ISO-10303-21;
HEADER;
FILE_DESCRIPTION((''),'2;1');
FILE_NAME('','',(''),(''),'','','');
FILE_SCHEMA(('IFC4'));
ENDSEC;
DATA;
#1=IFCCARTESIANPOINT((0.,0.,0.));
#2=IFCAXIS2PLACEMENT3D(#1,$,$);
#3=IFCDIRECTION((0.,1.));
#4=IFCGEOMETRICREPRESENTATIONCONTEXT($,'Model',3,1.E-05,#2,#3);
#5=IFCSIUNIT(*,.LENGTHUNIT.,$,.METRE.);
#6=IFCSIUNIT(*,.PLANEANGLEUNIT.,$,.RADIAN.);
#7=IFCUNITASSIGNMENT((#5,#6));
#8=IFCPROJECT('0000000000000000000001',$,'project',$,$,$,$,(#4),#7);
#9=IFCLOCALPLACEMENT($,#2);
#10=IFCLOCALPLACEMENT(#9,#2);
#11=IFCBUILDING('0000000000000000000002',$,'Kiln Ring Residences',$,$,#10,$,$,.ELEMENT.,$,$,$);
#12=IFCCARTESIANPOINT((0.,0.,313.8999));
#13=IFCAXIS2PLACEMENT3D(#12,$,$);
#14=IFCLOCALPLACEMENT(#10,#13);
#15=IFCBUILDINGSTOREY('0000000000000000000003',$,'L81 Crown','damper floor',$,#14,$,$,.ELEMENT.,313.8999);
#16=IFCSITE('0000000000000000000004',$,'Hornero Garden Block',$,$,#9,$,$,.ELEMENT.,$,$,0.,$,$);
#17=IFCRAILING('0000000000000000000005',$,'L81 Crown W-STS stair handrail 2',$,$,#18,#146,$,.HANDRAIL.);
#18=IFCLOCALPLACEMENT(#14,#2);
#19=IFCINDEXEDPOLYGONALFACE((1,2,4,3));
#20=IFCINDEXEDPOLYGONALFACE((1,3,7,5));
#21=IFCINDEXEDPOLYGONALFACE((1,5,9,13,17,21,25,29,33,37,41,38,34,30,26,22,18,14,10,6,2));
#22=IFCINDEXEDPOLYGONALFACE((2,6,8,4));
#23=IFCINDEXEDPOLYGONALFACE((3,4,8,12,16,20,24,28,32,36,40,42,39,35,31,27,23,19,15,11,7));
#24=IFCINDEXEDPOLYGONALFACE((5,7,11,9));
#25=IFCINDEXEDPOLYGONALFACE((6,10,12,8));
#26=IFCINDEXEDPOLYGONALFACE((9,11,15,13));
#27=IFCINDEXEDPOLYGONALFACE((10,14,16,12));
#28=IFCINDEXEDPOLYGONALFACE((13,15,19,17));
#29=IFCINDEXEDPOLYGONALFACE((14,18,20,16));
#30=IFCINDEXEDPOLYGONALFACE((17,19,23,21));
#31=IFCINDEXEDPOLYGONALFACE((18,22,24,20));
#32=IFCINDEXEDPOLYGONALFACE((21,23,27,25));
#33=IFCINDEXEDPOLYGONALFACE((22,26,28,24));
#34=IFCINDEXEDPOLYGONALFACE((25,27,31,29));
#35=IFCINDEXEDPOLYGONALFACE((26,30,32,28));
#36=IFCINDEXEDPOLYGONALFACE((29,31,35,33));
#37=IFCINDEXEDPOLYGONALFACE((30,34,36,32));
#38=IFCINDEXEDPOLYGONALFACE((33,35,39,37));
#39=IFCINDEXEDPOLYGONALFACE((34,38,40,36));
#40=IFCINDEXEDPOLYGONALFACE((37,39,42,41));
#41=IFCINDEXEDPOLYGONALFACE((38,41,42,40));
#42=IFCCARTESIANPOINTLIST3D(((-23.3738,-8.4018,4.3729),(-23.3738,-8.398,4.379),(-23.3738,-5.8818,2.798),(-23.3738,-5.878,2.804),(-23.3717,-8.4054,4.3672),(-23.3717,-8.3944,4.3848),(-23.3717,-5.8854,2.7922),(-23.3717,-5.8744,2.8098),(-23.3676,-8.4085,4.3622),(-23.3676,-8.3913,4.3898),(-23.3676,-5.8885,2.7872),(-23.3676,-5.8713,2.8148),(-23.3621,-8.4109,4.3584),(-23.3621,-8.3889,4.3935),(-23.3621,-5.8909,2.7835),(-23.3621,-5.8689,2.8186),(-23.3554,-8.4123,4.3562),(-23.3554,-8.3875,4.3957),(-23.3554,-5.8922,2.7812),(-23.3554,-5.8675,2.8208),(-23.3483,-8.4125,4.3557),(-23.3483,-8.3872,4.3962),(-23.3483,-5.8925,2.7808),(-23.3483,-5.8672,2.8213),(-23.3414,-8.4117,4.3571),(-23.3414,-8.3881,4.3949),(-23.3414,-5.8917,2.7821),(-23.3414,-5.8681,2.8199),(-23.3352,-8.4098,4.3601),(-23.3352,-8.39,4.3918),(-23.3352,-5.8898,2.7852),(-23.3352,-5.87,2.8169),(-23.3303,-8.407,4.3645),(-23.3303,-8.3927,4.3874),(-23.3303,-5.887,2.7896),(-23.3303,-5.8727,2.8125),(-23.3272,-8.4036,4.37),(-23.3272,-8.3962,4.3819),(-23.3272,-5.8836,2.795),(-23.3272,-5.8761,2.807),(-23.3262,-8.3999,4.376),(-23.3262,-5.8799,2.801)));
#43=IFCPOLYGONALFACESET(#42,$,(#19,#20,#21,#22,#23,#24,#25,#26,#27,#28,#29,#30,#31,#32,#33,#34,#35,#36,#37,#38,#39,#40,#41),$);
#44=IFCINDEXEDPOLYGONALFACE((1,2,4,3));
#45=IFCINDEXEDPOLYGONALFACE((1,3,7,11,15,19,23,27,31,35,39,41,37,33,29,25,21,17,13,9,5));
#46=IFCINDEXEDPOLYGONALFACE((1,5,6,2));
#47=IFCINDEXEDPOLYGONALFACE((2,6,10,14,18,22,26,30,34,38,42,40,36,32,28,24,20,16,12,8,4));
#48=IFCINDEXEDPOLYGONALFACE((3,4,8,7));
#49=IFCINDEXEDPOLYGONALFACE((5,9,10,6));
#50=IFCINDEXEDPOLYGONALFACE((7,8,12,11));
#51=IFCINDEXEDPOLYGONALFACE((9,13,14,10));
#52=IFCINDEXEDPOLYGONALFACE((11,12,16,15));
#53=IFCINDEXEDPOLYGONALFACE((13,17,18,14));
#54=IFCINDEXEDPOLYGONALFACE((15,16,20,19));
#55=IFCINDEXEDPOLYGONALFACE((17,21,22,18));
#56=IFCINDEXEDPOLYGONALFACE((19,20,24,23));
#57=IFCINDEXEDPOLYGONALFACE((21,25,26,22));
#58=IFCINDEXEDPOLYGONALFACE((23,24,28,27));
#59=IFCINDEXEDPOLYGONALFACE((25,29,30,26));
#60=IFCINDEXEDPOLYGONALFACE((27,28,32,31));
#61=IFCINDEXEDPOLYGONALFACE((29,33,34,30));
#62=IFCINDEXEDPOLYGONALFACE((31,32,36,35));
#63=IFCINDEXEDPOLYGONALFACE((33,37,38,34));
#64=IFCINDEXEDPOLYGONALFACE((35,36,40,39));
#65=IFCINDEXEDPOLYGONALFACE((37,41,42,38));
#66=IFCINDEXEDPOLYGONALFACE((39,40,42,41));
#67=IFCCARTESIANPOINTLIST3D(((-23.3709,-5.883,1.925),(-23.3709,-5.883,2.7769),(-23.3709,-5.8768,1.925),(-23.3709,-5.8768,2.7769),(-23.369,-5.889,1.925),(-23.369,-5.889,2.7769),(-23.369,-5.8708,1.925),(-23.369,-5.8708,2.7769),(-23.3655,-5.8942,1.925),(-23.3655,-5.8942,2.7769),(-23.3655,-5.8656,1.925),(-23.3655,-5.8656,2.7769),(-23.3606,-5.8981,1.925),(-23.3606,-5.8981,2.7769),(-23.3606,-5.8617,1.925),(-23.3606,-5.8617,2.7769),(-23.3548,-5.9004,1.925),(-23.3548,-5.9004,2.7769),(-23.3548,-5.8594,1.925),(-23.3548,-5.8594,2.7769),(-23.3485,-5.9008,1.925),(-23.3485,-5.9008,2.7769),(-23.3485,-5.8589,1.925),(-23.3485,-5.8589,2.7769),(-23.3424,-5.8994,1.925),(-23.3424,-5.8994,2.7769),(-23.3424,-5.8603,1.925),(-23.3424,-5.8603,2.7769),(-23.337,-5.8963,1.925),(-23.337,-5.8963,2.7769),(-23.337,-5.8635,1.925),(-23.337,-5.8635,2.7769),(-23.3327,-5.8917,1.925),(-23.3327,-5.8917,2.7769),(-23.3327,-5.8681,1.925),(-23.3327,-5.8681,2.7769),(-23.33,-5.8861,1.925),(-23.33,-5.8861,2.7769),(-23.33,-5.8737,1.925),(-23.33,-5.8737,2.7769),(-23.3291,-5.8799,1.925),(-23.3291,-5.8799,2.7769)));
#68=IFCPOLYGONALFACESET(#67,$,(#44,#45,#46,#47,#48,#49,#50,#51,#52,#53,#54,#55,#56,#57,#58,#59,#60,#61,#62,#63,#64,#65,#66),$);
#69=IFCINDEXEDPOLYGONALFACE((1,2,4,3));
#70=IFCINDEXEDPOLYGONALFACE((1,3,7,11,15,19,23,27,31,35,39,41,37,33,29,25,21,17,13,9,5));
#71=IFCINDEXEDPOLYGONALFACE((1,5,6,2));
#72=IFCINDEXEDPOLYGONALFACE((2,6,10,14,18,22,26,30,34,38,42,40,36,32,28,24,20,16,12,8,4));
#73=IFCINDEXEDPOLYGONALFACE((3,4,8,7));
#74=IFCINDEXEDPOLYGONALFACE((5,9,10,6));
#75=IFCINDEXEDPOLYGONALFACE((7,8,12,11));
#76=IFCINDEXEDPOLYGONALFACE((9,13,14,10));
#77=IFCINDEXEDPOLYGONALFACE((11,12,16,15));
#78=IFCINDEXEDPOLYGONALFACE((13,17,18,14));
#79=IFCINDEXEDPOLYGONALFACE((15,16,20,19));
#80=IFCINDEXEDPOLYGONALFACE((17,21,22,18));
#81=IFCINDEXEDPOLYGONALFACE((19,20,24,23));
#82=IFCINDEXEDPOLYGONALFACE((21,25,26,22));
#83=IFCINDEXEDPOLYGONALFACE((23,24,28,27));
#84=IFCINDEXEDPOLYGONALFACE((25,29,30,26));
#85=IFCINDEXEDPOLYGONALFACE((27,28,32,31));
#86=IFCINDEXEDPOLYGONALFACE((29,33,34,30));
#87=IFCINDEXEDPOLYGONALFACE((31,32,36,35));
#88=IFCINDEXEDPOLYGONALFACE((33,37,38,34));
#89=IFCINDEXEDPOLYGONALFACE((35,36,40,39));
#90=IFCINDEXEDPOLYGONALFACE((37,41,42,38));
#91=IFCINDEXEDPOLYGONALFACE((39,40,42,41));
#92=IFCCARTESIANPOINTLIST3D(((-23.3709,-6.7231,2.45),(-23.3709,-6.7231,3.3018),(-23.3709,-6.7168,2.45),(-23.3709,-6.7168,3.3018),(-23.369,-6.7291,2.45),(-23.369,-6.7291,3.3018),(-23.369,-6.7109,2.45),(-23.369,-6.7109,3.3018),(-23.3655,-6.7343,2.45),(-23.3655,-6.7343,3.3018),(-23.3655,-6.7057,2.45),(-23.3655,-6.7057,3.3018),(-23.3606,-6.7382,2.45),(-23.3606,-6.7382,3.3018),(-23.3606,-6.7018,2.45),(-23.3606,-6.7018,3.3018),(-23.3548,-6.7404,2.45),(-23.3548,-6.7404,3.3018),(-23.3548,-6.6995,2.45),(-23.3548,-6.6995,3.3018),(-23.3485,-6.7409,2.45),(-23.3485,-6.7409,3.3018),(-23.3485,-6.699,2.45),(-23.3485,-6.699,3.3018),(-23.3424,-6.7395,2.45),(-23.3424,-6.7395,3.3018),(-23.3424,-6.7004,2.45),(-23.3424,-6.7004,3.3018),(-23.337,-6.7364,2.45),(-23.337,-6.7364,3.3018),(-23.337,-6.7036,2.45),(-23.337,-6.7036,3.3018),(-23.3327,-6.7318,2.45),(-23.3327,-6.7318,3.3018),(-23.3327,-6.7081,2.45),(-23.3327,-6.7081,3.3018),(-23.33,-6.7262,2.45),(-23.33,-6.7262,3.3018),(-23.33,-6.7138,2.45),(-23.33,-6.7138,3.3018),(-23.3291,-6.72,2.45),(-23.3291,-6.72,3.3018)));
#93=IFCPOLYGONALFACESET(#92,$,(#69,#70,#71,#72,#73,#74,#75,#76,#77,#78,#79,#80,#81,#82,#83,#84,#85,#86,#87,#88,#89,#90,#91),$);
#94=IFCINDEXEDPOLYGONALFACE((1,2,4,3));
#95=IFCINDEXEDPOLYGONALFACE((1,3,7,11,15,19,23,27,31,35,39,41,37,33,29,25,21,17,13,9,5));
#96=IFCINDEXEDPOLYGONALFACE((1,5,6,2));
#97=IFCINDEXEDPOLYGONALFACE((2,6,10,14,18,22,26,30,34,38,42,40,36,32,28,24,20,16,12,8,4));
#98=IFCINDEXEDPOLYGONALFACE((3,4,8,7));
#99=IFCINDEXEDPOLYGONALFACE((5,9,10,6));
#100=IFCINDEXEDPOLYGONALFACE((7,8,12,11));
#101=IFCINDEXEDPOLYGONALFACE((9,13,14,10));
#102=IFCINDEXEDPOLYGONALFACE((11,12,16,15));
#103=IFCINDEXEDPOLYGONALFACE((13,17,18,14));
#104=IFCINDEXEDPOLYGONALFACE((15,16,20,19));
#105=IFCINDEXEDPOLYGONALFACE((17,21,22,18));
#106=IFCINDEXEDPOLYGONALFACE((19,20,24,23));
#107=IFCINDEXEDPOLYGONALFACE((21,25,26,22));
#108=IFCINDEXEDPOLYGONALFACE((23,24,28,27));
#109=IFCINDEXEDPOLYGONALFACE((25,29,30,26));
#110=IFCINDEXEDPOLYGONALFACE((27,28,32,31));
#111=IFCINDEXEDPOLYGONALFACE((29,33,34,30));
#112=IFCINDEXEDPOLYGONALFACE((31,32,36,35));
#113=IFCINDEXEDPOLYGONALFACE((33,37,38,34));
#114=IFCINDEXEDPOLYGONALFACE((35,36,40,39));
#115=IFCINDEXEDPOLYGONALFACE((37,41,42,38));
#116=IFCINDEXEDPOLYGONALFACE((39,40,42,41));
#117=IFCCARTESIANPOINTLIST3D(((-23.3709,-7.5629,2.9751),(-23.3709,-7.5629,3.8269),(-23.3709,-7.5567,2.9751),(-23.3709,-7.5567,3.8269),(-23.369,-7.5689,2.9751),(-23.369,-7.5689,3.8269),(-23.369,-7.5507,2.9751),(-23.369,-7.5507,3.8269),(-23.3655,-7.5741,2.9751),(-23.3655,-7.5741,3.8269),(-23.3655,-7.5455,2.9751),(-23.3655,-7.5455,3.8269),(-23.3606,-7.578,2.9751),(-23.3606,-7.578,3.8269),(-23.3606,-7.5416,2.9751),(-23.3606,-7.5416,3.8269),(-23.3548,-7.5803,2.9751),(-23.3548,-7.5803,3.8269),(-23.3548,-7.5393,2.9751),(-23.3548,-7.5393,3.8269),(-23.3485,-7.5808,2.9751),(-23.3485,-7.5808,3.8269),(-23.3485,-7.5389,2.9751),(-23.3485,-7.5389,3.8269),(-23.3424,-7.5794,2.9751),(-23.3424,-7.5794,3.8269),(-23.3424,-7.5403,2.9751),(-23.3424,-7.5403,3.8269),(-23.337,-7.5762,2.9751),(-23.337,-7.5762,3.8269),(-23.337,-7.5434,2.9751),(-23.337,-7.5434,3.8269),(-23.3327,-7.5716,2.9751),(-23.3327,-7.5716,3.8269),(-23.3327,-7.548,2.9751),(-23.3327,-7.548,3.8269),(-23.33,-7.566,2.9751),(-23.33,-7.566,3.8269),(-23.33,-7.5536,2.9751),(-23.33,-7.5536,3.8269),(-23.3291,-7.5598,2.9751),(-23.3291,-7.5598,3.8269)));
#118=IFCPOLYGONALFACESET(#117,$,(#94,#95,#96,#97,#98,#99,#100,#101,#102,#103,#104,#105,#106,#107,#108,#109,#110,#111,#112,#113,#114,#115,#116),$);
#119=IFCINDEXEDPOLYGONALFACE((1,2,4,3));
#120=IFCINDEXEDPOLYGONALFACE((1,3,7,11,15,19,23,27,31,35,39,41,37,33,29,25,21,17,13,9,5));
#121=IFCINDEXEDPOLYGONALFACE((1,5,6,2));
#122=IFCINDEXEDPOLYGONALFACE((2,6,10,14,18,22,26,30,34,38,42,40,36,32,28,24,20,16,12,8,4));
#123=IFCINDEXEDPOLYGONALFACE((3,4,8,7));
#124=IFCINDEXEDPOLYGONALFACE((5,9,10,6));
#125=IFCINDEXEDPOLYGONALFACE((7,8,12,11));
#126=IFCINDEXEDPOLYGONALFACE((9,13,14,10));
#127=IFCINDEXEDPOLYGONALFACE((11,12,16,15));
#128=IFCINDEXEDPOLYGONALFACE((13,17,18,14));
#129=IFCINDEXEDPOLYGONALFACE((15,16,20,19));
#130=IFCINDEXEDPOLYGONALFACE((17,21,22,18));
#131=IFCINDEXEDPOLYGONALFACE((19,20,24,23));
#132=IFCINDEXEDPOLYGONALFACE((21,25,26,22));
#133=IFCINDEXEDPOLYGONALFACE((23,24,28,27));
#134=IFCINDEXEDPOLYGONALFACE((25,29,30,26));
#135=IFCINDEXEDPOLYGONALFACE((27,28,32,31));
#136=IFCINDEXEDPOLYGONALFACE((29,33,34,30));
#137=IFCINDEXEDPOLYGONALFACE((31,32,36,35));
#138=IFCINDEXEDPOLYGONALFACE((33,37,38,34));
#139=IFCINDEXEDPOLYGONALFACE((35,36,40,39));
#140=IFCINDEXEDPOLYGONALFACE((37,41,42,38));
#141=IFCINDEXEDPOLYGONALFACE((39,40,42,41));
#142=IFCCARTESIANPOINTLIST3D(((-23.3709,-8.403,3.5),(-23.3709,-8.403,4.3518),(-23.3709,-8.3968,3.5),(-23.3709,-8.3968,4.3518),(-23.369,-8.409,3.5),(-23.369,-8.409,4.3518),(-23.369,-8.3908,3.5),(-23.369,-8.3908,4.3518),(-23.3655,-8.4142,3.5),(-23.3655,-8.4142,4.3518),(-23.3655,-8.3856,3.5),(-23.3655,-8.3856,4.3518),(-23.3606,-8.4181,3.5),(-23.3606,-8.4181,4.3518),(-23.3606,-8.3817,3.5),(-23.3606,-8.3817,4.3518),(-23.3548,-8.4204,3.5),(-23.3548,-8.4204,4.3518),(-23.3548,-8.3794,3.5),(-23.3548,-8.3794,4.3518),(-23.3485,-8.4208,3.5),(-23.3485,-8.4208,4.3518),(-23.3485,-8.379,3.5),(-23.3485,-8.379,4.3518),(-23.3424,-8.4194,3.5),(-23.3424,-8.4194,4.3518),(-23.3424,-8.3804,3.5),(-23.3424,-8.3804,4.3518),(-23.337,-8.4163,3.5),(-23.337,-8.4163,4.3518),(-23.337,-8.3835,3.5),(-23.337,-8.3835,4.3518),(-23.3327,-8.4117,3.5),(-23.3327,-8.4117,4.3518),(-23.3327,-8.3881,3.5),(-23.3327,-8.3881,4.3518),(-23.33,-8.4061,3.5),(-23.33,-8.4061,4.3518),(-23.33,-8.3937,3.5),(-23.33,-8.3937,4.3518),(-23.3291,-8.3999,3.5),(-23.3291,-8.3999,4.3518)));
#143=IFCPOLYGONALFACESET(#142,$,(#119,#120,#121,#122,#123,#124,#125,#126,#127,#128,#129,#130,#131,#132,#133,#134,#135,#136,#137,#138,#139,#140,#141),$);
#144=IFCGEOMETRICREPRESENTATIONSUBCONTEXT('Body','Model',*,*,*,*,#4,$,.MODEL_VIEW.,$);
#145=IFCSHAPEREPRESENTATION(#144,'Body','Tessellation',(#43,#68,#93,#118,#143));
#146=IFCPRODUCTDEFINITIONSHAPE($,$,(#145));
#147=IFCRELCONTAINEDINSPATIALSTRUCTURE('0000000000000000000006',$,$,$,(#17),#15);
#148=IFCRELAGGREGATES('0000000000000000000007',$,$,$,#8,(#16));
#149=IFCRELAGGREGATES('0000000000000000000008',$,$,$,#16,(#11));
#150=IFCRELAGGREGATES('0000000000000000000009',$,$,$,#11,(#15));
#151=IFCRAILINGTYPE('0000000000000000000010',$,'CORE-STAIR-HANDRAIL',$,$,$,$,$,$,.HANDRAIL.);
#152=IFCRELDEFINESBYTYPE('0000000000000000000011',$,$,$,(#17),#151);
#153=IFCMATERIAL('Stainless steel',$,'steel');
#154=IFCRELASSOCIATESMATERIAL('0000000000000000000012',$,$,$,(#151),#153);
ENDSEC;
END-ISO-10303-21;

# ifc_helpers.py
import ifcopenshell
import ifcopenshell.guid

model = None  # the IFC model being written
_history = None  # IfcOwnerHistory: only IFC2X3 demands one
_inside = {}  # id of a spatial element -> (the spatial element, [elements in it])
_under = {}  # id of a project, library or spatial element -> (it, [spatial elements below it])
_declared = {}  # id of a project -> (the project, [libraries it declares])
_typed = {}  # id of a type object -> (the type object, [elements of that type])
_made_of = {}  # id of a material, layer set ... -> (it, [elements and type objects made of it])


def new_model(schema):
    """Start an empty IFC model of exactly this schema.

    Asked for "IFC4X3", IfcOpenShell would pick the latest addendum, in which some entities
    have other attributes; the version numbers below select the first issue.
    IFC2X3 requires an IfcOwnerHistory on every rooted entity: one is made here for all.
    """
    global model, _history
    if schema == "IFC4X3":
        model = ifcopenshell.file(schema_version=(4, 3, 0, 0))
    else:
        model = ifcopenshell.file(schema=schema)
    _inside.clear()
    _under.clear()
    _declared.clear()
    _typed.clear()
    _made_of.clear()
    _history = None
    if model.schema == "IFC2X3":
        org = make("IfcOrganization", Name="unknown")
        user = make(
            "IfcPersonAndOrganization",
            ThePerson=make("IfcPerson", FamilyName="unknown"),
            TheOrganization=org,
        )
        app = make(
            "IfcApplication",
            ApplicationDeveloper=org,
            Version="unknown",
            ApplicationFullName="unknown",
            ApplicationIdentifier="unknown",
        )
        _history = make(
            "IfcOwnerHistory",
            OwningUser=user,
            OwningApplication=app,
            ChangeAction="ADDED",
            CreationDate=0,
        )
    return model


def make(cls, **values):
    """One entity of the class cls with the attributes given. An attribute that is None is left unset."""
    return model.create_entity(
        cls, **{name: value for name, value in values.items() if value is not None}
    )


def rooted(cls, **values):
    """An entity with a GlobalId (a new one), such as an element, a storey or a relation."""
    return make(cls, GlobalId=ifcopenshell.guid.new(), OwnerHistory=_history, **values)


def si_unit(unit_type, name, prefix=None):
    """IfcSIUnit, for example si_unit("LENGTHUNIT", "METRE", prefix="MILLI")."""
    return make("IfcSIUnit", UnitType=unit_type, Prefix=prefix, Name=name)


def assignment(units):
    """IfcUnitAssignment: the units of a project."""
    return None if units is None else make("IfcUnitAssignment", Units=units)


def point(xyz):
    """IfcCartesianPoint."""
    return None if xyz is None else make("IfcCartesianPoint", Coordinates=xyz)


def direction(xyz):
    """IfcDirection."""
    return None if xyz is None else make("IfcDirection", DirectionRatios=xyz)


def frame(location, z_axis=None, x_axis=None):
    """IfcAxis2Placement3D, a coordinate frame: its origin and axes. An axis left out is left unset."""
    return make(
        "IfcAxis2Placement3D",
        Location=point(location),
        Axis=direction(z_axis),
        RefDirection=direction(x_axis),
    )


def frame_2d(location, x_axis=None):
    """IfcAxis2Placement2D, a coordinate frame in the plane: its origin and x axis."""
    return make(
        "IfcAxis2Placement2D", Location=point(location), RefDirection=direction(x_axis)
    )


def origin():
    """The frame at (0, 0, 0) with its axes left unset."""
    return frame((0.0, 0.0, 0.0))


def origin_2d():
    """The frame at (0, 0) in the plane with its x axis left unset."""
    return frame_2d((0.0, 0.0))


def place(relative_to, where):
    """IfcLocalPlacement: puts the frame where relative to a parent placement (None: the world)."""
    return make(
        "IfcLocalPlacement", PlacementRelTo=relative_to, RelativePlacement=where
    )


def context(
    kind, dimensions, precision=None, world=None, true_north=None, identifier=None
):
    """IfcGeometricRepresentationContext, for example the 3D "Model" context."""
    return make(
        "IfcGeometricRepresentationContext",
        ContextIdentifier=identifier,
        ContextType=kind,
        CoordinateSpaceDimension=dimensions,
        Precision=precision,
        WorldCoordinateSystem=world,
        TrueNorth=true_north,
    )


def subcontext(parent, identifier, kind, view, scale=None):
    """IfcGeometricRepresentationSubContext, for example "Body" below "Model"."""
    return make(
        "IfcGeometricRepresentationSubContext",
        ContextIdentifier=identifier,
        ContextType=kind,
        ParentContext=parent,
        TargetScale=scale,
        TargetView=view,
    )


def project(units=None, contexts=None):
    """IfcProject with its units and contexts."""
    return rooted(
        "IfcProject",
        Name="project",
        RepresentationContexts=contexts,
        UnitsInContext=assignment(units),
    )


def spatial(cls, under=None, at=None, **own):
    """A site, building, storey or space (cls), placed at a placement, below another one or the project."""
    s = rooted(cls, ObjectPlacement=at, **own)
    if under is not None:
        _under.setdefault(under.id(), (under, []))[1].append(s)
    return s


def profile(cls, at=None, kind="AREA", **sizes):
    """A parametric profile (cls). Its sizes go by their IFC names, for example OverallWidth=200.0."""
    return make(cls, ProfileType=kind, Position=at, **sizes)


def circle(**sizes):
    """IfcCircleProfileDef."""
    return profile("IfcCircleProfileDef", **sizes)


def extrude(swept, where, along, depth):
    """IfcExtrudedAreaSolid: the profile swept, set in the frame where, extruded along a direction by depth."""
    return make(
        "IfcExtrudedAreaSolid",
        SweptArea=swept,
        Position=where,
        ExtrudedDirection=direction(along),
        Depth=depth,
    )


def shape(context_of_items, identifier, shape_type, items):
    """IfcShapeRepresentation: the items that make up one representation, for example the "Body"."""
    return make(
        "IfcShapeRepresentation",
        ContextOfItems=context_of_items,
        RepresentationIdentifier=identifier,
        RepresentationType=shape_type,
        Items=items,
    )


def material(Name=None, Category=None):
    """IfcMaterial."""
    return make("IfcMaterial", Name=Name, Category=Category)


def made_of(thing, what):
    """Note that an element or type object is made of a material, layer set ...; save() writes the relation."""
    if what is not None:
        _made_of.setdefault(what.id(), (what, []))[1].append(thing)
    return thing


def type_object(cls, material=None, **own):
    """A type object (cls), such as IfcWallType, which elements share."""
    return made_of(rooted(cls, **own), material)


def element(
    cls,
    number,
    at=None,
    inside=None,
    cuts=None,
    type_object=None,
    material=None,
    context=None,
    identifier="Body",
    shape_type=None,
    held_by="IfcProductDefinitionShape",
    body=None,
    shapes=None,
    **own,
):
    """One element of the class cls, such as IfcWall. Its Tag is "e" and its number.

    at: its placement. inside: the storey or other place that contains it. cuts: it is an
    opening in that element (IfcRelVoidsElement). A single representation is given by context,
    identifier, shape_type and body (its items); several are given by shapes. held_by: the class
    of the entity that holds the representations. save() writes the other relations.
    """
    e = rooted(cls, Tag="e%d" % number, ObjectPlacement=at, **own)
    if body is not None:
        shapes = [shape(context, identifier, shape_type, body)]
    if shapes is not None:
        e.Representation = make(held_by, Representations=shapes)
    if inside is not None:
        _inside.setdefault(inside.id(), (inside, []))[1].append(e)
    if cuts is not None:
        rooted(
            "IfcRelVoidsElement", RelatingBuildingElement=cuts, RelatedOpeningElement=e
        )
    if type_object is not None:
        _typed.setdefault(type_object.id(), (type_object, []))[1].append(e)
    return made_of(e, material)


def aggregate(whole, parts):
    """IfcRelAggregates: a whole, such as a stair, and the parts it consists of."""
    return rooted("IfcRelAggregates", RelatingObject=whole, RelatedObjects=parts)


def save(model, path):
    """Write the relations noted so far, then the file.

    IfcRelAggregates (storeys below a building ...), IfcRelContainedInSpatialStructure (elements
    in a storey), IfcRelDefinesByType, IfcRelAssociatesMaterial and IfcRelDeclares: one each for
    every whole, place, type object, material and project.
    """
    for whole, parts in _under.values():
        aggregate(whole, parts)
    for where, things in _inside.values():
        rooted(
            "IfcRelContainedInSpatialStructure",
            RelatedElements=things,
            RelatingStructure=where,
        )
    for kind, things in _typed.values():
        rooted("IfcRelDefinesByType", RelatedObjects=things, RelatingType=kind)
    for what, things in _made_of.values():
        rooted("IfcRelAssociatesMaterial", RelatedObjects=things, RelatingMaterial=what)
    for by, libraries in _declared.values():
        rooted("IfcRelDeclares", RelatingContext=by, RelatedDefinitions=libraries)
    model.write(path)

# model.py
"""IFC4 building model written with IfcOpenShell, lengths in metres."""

from ifc_helpers import new_model, si_unit, direction, frame, origin, origin_2d, place, context, subcontext, project, spatial, circle, extrude, material, type_object, element, save


model = new_model("IFC4")

# Units and contexts
model_context = context("Model", 3, precision=1e-05, world=origin(), true_north=direction((0.0, 1.0)))
body_context = subcontext(model_context, "Body", "Model", "MODEL_VIEW")
ifc_project = project(units=[si_unit("LENGTHUNIT", "METRE"), si_unit("PLANEANGLEUNIT", "RADIAN")], contexts=[model_context])

# Site, building, storey
site_placement = place(None, origin())
site = spatial("IfcSite", under=ifc_project, at=site_placement, Name="Hornero Garden Block", CompositionType="ELEMENT", RefElevation=0.0)
building_placement = place(site_placement, origin())
building = spatial("IfcBuilding", under=site, at=building_placement, Name="Kiln Ring Residences", CompositionType="ELEMENT")
storey_placement = place(building_placement, frame((0.0, 0.0, 313.8999)))
storey = spatial("IfcBuildingStorey", under=building, at=storey_placement, Name="L81 Crown", Description="damper floor", CompositionType="ELEMENT", Elevation=313.8999)

# Railing
ifc_material_1 = material(Name="Stainless steel", Category="steel")
railing_type_1 = type_object("IfcRailingType", Name="CORE-STAIR-HANDRAIL", PredefinedType="HANDRAIL", material=ifc_material_1)
railing_1_placement = place(storey_placement, frame((-23.3501, -5.8799, 1.925)))
element("IfcRailing", 1, at=railing_1_placement, inside=storey, type_object=railing_type_1, Name="L81 Crown W-STS stair handrail 2", PredefinedType="HANDRAIL", context=body_context, shape_type="SweptSolid", body=[
    extrude(circle(Radius=0.0239, at=origin_2d()), frame((0.0, 0.0, 0.876), z_axis=(0.0, -0.848008, 0.529984), x_axis=(1.0, 0.0, 0.0)), (0.0, 0.0, 1.0), 2.9717),
    extrude(circle(Radius=0.021, at=origin_2d()), origin(), (0.0, 0.0, 1.0), 0.8518),
    extrude(circle(Radius=0.021, at=origin_2d()), frame((0.0, -0.8401, 0.5249)), (0.0, 0.0, 1.0), 0.8518),
    extrude(circle(Radius=0.021, at=origin_2d()), frame((0.0, -1.6799, 1.05)), (0.0, 0.0, 1.0), 0.8518),
    extrude(circle(Radius=0.021, at=origin_2d()), frame((0.0, -2.52, 1.575)), (0.0, 0.0, 1.0), 0.8518),
])

save(model, "model.ifc")
